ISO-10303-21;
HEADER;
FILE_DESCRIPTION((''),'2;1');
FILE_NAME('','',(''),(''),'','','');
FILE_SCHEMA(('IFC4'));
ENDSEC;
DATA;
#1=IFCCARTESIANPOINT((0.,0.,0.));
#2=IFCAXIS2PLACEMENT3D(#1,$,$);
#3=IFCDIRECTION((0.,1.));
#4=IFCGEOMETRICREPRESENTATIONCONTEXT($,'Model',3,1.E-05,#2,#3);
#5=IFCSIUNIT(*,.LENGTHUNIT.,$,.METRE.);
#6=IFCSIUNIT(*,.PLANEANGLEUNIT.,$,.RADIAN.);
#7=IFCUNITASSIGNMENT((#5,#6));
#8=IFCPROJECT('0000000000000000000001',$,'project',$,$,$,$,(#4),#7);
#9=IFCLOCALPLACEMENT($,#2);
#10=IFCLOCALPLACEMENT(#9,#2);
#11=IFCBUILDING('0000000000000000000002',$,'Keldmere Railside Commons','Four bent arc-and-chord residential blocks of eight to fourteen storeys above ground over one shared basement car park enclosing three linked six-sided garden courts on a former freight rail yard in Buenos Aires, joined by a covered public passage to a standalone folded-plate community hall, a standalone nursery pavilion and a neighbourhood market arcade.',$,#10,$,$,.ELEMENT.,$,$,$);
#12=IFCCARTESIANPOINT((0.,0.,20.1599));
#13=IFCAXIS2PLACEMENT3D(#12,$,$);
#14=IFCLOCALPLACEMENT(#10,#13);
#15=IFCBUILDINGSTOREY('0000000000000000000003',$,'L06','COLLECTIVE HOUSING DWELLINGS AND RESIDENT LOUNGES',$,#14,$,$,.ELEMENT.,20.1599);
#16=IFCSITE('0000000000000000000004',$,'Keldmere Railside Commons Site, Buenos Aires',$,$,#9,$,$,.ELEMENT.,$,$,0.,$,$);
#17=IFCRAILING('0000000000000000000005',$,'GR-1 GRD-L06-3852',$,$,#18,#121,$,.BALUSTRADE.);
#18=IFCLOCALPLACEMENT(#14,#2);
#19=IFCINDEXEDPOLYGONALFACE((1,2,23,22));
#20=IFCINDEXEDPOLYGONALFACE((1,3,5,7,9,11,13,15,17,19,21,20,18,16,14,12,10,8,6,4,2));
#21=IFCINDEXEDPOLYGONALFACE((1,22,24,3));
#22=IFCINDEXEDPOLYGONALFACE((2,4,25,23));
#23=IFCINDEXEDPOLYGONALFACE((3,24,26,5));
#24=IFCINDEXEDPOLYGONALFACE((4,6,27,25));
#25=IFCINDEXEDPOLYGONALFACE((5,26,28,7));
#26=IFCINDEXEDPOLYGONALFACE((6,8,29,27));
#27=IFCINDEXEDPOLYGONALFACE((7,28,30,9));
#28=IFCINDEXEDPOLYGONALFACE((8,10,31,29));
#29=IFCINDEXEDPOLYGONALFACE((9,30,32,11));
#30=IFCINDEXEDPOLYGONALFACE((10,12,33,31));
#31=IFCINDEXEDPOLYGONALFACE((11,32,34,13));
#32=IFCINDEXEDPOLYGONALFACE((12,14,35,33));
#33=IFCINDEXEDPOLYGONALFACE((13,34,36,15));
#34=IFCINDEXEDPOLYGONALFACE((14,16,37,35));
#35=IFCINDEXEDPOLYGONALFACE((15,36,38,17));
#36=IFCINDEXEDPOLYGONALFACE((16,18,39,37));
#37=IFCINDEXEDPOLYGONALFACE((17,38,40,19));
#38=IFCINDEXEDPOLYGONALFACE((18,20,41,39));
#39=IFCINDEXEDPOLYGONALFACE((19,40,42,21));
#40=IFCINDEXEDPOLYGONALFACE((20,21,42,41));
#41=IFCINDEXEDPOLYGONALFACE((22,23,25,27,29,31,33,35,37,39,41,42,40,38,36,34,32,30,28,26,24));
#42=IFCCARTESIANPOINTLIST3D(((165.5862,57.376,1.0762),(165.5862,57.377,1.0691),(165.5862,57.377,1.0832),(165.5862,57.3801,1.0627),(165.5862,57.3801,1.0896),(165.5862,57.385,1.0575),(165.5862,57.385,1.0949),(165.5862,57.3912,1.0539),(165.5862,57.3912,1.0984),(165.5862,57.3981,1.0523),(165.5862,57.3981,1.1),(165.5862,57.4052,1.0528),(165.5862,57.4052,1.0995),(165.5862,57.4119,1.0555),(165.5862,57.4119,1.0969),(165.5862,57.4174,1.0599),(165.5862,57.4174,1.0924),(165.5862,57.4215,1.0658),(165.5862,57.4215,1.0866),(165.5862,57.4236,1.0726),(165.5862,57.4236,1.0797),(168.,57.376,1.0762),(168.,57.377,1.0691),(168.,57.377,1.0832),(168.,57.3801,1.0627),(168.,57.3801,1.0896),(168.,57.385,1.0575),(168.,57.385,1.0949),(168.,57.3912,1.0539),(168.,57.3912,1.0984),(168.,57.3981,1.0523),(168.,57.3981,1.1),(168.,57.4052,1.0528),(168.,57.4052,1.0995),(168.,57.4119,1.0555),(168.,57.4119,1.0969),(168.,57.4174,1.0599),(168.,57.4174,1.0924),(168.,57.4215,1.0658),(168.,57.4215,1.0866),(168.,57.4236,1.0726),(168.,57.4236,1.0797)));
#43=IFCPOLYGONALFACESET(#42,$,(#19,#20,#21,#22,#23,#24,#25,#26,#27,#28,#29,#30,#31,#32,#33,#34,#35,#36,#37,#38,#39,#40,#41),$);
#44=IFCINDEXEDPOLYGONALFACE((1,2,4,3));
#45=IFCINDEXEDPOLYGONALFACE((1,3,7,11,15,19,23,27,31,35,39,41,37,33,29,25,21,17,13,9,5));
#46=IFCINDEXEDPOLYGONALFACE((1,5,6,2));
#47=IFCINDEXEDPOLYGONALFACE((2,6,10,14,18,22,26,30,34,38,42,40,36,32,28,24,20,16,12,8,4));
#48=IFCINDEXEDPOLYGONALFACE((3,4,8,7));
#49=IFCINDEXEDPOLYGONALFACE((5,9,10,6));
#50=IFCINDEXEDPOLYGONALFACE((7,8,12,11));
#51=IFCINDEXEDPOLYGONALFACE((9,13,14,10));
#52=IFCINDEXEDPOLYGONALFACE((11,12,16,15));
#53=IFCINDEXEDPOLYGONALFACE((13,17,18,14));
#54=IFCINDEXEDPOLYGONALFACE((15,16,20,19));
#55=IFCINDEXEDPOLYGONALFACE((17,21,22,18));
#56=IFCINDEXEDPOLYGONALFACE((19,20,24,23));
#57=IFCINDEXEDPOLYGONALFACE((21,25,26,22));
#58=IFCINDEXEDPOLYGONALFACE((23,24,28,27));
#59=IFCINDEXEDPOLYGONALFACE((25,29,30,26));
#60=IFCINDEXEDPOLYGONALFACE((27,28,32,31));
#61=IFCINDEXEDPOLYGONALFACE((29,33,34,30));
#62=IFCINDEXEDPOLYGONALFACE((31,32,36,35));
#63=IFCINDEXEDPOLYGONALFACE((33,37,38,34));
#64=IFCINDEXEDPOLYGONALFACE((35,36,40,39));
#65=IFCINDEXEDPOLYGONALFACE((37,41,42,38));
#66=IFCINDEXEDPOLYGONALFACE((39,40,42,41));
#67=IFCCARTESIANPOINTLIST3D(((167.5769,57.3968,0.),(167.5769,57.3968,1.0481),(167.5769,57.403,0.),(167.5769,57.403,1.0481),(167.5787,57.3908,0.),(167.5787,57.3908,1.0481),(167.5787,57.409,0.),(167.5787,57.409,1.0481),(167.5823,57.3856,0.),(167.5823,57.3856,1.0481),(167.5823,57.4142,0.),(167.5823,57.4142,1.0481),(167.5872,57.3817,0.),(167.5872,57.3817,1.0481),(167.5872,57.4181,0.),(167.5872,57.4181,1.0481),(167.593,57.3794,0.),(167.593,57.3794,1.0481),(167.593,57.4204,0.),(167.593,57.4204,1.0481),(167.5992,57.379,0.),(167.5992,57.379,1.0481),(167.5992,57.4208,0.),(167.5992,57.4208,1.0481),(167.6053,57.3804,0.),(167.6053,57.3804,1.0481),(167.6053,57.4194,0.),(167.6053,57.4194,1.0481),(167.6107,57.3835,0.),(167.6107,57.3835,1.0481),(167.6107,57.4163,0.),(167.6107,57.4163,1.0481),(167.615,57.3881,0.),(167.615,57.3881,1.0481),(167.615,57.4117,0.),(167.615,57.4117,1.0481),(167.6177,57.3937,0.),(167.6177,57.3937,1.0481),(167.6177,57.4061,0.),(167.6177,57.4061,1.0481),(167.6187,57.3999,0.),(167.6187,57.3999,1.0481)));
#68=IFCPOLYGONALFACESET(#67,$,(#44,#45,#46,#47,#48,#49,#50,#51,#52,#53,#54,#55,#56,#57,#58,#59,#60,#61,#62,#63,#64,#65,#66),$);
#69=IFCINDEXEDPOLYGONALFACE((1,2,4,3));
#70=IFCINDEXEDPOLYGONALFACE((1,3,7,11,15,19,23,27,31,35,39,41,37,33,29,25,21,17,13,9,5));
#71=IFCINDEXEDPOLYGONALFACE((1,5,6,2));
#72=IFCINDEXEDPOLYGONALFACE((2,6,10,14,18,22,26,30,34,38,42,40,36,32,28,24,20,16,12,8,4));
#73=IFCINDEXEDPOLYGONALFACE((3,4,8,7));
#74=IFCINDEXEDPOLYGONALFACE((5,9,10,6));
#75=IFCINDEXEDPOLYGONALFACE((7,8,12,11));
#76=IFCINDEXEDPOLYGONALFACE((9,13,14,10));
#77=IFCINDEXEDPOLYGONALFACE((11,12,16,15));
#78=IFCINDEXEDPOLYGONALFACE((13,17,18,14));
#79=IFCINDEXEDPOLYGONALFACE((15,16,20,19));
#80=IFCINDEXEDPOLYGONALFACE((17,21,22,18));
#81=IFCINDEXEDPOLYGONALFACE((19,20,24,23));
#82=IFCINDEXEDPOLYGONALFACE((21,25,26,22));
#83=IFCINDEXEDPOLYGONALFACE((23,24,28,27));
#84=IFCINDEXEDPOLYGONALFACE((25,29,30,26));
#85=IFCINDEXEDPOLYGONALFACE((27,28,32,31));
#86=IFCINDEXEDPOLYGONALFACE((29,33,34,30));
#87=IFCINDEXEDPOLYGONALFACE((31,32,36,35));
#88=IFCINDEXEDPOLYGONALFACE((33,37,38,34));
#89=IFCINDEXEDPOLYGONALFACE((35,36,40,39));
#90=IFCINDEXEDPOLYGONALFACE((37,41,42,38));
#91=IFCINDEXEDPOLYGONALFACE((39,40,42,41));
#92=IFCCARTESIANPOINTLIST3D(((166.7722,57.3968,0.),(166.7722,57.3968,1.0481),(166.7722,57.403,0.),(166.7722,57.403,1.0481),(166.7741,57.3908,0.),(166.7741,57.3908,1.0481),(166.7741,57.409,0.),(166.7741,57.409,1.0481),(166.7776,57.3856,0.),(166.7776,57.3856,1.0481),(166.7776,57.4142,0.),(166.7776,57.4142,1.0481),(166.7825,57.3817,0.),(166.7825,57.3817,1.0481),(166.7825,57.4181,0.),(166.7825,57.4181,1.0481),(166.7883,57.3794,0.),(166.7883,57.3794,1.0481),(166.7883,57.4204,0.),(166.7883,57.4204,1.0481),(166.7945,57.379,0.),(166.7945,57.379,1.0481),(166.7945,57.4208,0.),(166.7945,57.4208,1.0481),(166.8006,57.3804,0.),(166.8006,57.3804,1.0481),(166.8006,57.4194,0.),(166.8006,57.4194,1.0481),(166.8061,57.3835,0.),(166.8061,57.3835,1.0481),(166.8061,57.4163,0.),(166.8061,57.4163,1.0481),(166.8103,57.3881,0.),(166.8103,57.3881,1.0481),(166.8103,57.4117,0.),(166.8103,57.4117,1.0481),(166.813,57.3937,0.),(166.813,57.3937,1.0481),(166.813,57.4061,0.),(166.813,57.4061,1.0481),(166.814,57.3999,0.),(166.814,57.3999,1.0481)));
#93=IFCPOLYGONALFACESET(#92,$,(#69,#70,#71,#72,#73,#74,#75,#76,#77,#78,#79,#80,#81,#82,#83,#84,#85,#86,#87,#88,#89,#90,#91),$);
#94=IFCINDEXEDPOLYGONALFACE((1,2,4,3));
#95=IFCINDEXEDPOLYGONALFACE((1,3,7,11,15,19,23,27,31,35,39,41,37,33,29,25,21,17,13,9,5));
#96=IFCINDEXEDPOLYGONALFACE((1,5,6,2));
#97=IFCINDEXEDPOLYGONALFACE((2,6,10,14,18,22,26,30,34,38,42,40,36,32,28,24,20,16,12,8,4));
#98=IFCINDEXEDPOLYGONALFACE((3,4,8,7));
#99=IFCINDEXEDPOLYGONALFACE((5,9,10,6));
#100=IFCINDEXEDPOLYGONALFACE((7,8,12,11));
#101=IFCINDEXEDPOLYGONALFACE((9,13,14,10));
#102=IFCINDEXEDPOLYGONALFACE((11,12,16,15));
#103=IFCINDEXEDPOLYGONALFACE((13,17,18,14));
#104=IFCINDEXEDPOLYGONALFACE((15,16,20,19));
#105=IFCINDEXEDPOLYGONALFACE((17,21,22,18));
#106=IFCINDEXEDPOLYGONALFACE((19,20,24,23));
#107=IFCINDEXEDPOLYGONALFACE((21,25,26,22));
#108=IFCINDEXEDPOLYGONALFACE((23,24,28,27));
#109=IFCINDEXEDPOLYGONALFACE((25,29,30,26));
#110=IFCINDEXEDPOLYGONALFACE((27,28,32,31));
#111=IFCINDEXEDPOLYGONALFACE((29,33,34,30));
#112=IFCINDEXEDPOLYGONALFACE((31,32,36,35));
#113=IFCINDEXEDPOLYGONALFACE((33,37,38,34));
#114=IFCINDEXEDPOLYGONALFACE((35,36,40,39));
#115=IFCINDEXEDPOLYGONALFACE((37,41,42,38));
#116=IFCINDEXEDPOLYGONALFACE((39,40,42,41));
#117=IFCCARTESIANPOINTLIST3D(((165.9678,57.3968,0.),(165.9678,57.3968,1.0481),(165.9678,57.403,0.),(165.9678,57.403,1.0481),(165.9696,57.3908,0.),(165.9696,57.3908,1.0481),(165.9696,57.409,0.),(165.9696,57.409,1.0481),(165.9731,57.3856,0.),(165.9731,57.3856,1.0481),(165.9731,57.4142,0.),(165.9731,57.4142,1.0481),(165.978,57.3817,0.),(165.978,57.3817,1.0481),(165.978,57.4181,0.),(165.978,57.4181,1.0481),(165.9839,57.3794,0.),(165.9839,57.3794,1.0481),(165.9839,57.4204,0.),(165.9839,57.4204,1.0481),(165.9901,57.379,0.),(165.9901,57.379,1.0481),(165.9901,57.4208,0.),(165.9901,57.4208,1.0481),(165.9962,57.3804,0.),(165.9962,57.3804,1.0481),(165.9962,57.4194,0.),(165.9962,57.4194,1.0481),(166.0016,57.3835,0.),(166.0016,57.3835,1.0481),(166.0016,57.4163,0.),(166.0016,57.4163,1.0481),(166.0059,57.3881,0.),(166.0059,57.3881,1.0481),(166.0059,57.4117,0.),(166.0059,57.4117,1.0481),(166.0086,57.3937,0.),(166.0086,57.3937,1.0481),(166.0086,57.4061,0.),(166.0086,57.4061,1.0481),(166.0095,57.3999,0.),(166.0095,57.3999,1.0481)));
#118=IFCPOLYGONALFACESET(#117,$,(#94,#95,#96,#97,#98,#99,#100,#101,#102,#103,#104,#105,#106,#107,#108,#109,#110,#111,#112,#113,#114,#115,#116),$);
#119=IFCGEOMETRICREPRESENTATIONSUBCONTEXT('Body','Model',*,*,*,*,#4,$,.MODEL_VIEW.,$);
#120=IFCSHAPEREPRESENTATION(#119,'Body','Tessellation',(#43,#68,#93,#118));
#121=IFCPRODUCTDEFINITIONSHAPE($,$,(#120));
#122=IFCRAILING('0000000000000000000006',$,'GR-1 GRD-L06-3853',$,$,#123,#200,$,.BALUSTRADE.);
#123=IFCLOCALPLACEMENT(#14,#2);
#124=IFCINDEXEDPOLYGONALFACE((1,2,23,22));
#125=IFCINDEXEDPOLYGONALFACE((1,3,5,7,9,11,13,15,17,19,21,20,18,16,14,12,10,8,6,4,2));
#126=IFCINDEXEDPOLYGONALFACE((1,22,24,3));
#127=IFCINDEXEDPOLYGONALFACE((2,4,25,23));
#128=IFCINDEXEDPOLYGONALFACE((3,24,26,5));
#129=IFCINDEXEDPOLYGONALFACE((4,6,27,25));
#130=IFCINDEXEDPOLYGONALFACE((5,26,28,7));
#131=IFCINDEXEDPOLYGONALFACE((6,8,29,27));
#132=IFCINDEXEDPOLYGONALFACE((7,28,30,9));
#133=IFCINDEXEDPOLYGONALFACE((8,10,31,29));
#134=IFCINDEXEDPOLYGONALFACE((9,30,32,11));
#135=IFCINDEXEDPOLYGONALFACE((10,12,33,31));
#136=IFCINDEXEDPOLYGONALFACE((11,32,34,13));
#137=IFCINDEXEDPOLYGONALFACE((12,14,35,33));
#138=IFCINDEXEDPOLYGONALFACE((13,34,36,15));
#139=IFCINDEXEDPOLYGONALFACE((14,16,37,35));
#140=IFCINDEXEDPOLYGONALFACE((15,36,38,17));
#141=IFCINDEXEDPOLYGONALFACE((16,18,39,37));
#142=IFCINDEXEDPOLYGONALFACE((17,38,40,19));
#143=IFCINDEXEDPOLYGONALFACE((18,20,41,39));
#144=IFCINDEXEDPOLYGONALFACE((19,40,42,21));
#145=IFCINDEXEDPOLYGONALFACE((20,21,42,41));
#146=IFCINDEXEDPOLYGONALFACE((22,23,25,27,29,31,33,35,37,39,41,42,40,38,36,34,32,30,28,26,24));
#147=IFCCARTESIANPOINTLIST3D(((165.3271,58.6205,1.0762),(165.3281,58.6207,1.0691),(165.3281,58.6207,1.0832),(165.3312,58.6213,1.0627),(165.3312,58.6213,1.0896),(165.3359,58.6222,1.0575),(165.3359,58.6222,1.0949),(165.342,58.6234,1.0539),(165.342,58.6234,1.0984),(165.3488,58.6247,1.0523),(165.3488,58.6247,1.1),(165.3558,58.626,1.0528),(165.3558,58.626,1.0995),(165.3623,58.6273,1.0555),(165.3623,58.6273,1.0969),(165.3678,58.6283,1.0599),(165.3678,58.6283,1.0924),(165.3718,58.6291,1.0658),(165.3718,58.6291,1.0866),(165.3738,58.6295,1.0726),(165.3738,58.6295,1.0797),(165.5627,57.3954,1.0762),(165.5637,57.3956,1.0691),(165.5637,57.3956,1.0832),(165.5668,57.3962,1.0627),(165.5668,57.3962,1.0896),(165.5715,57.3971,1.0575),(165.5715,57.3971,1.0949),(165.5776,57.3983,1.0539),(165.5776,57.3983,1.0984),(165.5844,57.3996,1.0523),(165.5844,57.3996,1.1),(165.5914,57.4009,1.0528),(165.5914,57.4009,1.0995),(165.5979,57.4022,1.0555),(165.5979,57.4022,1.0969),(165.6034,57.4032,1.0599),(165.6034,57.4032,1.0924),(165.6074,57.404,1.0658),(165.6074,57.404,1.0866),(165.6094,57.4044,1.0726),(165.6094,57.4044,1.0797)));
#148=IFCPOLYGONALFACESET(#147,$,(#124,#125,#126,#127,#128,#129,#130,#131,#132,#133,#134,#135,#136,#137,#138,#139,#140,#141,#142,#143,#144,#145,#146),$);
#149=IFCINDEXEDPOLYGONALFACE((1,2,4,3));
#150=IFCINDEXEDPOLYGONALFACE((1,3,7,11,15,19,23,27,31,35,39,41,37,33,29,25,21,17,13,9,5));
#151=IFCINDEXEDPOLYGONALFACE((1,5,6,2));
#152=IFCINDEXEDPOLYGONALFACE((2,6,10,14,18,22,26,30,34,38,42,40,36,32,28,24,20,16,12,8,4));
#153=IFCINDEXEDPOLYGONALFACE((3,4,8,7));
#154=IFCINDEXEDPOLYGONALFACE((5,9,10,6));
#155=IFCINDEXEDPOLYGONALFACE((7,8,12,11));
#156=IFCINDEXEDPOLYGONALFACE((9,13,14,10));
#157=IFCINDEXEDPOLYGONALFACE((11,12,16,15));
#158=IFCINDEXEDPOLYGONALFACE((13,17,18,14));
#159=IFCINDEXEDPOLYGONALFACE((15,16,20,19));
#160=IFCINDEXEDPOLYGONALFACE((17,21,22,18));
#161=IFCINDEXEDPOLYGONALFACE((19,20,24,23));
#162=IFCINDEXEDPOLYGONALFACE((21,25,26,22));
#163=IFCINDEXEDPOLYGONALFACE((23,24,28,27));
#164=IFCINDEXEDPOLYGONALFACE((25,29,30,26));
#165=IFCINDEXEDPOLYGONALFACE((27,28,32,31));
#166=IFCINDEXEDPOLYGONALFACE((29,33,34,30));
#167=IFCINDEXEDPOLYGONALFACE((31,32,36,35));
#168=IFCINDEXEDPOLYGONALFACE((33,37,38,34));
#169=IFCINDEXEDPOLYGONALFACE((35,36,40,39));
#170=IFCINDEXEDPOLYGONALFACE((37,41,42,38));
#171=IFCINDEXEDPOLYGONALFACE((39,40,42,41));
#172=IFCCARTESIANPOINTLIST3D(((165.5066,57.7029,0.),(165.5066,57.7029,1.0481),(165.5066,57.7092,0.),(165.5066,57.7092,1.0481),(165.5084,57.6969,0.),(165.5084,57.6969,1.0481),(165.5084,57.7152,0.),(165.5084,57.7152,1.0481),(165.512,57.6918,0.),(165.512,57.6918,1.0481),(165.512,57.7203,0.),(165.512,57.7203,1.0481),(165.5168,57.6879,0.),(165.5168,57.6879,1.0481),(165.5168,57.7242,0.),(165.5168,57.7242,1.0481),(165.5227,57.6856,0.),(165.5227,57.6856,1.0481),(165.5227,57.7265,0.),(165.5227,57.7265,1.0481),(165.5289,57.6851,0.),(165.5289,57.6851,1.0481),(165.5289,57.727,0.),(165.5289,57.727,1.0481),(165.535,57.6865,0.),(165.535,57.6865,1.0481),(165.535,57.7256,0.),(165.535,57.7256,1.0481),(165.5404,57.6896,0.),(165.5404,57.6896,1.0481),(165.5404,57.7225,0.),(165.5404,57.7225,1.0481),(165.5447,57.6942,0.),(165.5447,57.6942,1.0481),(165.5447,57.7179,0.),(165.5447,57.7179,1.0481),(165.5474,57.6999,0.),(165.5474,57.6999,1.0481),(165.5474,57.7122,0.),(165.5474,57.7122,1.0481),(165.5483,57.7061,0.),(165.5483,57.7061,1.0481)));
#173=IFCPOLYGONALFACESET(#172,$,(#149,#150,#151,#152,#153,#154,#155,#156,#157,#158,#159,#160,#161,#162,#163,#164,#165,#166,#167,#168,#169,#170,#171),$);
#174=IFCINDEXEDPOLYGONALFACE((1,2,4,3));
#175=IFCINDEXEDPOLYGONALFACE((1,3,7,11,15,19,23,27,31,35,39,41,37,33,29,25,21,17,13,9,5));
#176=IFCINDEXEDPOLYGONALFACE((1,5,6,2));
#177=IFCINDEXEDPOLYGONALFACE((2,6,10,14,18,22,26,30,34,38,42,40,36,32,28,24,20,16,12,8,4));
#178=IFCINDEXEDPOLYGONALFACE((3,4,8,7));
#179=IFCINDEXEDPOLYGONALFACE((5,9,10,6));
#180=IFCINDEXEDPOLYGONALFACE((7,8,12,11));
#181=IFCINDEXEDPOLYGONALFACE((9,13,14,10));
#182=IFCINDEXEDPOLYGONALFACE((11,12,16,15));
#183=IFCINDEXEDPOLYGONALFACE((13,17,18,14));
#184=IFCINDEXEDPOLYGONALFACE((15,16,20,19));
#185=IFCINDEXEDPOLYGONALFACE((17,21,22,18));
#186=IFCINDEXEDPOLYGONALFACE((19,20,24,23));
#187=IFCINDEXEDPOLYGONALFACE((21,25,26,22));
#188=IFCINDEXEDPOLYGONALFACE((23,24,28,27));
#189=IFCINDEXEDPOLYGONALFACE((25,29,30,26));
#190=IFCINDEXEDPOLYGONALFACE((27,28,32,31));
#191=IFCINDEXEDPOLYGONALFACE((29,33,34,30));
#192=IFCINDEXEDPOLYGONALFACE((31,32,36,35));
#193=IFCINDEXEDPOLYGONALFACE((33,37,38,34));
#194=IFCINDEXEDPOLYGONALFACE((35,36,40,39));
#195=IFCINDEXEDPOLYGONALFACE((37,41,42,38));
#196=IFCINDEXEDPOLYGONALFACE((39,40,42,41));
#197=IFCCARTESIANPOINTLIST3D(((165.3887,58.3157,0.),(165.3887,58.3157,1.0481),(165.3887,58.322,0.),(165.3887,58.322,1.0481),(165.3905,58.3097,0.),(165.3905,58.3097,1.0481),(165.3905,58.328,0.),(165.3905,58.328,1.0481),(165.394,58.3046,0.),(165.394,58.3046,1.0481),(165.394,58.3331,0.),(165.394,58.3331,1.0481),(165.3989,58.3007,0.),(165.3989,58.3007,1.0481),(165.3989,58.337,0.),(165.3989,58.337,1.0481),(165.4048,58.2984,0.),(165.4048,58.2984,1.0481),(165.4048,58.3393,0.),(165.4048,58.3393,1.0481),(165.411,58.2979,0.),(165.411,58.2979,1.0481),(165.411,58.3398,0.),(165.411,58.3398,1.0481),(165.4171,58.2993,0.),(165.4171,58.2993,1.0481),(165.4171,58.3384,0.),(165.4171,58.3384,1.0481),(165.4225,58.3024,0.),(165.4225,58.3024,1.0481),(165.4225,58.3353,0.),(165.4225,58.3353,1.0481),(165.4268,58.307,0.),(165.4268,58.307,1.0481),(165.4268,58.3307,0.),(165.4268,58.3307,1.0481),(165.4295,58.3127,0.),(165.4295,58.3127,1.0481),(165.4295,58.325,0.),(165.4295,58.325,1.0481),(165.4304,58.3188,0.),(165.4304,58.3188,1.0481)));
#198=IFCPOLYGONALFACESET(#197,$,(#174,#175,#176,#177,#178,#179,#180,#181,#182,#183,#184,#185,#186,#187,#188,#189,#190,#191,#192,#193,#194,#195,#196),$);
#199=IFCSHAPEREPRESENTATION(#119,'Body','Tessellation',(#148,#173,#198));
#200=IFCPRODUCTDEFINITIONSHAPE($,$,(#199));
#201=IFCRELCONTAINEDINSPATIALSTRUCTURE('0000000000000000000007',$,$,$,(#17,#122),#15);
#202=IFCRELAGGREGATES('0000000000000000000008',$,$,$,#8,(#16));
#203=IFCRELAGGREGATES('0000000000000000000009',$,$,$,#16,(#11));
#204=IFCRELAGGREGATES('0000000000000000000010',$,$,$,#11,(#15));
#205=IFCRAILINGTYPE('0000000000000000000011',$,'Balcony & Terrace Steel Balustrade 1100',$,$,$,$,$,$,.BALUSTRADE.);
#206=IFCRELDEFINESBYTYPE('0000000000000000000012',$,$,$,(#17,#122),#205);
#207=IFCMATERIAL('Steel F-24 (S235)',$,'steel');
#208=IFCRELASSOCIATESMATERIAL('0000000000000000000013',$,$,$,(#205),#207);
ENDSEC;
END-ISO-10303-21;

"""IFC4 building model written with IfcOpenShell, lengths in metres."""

from ifc_helpers import new_model, si_unit, direction, frame, origin, origin_2d, place, context, subcontext, project, spatial, circle, extrude, material, type_object, element, save


model = new_model("IFC4")

# Units and contexts
model_context = context("Model", 3, precision=1e-05, world=origin(), true_north=direction((0.0, 1.0)))
body_context = subcontext(model_context, "Body", "Model", "MODEL_VIEW")
ifc_project = project(units=[si_unit("LENGTHUNIT", "METRE"), si_unit("PLANEANGLEUNIT", "RADIAN")], contexts=[model_context])

# Site, building, storey
site_placement = place(None, origin())
site = spatial("IfcSite", under=ifc_project, at=site_placement, Name="Keldmere Railside Commons Site, Buenos Aires", CompositionType="ELEMENT", RefElevation=0.0)
building_placement = place(site_placement, origin())
building = spatial("IfcBuilding", under=site, at=building_placement, Name="Keldmere Railside Commons", Description="Four bent arc-and-chord residential blocks of eight to fourteen storeys above ground over one shared basement car park enclosing three linked six-sided garden courts on a former freight rail yard in Buenos Aires, joined by a covered public passage to a standalone folded-plate community hall, a standalone nursery pavilion and a neighbourhood market arcade.", CompositionType="ELEMENT")
storey_placement = place(building_placement, frame((0.0, 0.0, 20.1599)))
storey = spatial("IfcBuildingStorey", under=building, at=storey_placement, Name="L06", Description="COLLECTIVE HOUSING DWELLINGS AND RESIDENT LOUNGES", CompositionType="ELEMENT", Elevation=20.1599)

# Railings
ifc_material_1 = material(Name="Steel F-24 (S235)", Category="steel")
railing_type = type_object("IfcRailingType", Name="Balcony & Terrace Steel Balustrade 1100", PredefinedType="BALUSTRADE", material=ifc_material_1)
railing_1_placement = place(storey_placement, frame((168.0, 57.3999, 0.0)))
element("IfcRailing", 1, at=railing_1_placement, inside=storey, type_object=railing_type, Name="GR-1 GRD-L06-3852", PredefinedType="BALUSTRADE", context=body_context, shape_type="SweptSolid", body=[
    extrude(circle(Radius=0.0239, at=origin_2d()), frame((0.0, 0.0, 1.0762), z_axis=(-1.0, 0.0, 0.0), x_axis=(0.0, -1.0, 0.0)), (0.0, 0.0, 1.0), 2.4138),
    extrude(circle(Radius=0.021, at=origin_2d()), frame((-0.4023, 0.0, 0.0)), (0.0, 0.0, 1.0), 1.0481),
    extrude(circle(Radius=0.021, at=origin_2d()), frame((-1.207, 0.0, 0.0)), (0.0, 0.0, 1.0), 1.0481),
    extrude(circle(Radius=0.021, at=origin_2d()), frame((-2.0115, 0.0, 0.0)), (0.0, 0.0, 1.0), 1.0481),
])
railing_2_placement = place(storey_placement, frame((165.5862, 57.3999, 0.0)))
element("IfcRailing", 2, at=railing_2_placement, inside=storey, type_object=railing_type, Name="GR-1 GRD-L06-3853", PredefinedType="BALUSTRADE", context=body_context, shape_type="SweptSolid", body=[
    extrude(circle(Radius=0.0239, at=origin_2d()), frame((0.0, 0.0, 1.0762), z_axis=(-0.188847, 0.982006, 0.0), x_axis=(-0.982006, -0.188847, 0.0)), (0.0, 0.0, 1.0), 1.2476),
    extrude(circle(Radius=0.021, at=origin_2d()), frame((-0.0588, 0.3062, 0.0)), (0.0, 0.0, 1.0), 1.0481),
    extrude(circle(Radius=0.021, at=origin_2d()), frame((-0.1768, 0.9189, 0.0)), (0.0, 0.0, 1.0), 1.0481),
])

save(model, "model.ifc")
